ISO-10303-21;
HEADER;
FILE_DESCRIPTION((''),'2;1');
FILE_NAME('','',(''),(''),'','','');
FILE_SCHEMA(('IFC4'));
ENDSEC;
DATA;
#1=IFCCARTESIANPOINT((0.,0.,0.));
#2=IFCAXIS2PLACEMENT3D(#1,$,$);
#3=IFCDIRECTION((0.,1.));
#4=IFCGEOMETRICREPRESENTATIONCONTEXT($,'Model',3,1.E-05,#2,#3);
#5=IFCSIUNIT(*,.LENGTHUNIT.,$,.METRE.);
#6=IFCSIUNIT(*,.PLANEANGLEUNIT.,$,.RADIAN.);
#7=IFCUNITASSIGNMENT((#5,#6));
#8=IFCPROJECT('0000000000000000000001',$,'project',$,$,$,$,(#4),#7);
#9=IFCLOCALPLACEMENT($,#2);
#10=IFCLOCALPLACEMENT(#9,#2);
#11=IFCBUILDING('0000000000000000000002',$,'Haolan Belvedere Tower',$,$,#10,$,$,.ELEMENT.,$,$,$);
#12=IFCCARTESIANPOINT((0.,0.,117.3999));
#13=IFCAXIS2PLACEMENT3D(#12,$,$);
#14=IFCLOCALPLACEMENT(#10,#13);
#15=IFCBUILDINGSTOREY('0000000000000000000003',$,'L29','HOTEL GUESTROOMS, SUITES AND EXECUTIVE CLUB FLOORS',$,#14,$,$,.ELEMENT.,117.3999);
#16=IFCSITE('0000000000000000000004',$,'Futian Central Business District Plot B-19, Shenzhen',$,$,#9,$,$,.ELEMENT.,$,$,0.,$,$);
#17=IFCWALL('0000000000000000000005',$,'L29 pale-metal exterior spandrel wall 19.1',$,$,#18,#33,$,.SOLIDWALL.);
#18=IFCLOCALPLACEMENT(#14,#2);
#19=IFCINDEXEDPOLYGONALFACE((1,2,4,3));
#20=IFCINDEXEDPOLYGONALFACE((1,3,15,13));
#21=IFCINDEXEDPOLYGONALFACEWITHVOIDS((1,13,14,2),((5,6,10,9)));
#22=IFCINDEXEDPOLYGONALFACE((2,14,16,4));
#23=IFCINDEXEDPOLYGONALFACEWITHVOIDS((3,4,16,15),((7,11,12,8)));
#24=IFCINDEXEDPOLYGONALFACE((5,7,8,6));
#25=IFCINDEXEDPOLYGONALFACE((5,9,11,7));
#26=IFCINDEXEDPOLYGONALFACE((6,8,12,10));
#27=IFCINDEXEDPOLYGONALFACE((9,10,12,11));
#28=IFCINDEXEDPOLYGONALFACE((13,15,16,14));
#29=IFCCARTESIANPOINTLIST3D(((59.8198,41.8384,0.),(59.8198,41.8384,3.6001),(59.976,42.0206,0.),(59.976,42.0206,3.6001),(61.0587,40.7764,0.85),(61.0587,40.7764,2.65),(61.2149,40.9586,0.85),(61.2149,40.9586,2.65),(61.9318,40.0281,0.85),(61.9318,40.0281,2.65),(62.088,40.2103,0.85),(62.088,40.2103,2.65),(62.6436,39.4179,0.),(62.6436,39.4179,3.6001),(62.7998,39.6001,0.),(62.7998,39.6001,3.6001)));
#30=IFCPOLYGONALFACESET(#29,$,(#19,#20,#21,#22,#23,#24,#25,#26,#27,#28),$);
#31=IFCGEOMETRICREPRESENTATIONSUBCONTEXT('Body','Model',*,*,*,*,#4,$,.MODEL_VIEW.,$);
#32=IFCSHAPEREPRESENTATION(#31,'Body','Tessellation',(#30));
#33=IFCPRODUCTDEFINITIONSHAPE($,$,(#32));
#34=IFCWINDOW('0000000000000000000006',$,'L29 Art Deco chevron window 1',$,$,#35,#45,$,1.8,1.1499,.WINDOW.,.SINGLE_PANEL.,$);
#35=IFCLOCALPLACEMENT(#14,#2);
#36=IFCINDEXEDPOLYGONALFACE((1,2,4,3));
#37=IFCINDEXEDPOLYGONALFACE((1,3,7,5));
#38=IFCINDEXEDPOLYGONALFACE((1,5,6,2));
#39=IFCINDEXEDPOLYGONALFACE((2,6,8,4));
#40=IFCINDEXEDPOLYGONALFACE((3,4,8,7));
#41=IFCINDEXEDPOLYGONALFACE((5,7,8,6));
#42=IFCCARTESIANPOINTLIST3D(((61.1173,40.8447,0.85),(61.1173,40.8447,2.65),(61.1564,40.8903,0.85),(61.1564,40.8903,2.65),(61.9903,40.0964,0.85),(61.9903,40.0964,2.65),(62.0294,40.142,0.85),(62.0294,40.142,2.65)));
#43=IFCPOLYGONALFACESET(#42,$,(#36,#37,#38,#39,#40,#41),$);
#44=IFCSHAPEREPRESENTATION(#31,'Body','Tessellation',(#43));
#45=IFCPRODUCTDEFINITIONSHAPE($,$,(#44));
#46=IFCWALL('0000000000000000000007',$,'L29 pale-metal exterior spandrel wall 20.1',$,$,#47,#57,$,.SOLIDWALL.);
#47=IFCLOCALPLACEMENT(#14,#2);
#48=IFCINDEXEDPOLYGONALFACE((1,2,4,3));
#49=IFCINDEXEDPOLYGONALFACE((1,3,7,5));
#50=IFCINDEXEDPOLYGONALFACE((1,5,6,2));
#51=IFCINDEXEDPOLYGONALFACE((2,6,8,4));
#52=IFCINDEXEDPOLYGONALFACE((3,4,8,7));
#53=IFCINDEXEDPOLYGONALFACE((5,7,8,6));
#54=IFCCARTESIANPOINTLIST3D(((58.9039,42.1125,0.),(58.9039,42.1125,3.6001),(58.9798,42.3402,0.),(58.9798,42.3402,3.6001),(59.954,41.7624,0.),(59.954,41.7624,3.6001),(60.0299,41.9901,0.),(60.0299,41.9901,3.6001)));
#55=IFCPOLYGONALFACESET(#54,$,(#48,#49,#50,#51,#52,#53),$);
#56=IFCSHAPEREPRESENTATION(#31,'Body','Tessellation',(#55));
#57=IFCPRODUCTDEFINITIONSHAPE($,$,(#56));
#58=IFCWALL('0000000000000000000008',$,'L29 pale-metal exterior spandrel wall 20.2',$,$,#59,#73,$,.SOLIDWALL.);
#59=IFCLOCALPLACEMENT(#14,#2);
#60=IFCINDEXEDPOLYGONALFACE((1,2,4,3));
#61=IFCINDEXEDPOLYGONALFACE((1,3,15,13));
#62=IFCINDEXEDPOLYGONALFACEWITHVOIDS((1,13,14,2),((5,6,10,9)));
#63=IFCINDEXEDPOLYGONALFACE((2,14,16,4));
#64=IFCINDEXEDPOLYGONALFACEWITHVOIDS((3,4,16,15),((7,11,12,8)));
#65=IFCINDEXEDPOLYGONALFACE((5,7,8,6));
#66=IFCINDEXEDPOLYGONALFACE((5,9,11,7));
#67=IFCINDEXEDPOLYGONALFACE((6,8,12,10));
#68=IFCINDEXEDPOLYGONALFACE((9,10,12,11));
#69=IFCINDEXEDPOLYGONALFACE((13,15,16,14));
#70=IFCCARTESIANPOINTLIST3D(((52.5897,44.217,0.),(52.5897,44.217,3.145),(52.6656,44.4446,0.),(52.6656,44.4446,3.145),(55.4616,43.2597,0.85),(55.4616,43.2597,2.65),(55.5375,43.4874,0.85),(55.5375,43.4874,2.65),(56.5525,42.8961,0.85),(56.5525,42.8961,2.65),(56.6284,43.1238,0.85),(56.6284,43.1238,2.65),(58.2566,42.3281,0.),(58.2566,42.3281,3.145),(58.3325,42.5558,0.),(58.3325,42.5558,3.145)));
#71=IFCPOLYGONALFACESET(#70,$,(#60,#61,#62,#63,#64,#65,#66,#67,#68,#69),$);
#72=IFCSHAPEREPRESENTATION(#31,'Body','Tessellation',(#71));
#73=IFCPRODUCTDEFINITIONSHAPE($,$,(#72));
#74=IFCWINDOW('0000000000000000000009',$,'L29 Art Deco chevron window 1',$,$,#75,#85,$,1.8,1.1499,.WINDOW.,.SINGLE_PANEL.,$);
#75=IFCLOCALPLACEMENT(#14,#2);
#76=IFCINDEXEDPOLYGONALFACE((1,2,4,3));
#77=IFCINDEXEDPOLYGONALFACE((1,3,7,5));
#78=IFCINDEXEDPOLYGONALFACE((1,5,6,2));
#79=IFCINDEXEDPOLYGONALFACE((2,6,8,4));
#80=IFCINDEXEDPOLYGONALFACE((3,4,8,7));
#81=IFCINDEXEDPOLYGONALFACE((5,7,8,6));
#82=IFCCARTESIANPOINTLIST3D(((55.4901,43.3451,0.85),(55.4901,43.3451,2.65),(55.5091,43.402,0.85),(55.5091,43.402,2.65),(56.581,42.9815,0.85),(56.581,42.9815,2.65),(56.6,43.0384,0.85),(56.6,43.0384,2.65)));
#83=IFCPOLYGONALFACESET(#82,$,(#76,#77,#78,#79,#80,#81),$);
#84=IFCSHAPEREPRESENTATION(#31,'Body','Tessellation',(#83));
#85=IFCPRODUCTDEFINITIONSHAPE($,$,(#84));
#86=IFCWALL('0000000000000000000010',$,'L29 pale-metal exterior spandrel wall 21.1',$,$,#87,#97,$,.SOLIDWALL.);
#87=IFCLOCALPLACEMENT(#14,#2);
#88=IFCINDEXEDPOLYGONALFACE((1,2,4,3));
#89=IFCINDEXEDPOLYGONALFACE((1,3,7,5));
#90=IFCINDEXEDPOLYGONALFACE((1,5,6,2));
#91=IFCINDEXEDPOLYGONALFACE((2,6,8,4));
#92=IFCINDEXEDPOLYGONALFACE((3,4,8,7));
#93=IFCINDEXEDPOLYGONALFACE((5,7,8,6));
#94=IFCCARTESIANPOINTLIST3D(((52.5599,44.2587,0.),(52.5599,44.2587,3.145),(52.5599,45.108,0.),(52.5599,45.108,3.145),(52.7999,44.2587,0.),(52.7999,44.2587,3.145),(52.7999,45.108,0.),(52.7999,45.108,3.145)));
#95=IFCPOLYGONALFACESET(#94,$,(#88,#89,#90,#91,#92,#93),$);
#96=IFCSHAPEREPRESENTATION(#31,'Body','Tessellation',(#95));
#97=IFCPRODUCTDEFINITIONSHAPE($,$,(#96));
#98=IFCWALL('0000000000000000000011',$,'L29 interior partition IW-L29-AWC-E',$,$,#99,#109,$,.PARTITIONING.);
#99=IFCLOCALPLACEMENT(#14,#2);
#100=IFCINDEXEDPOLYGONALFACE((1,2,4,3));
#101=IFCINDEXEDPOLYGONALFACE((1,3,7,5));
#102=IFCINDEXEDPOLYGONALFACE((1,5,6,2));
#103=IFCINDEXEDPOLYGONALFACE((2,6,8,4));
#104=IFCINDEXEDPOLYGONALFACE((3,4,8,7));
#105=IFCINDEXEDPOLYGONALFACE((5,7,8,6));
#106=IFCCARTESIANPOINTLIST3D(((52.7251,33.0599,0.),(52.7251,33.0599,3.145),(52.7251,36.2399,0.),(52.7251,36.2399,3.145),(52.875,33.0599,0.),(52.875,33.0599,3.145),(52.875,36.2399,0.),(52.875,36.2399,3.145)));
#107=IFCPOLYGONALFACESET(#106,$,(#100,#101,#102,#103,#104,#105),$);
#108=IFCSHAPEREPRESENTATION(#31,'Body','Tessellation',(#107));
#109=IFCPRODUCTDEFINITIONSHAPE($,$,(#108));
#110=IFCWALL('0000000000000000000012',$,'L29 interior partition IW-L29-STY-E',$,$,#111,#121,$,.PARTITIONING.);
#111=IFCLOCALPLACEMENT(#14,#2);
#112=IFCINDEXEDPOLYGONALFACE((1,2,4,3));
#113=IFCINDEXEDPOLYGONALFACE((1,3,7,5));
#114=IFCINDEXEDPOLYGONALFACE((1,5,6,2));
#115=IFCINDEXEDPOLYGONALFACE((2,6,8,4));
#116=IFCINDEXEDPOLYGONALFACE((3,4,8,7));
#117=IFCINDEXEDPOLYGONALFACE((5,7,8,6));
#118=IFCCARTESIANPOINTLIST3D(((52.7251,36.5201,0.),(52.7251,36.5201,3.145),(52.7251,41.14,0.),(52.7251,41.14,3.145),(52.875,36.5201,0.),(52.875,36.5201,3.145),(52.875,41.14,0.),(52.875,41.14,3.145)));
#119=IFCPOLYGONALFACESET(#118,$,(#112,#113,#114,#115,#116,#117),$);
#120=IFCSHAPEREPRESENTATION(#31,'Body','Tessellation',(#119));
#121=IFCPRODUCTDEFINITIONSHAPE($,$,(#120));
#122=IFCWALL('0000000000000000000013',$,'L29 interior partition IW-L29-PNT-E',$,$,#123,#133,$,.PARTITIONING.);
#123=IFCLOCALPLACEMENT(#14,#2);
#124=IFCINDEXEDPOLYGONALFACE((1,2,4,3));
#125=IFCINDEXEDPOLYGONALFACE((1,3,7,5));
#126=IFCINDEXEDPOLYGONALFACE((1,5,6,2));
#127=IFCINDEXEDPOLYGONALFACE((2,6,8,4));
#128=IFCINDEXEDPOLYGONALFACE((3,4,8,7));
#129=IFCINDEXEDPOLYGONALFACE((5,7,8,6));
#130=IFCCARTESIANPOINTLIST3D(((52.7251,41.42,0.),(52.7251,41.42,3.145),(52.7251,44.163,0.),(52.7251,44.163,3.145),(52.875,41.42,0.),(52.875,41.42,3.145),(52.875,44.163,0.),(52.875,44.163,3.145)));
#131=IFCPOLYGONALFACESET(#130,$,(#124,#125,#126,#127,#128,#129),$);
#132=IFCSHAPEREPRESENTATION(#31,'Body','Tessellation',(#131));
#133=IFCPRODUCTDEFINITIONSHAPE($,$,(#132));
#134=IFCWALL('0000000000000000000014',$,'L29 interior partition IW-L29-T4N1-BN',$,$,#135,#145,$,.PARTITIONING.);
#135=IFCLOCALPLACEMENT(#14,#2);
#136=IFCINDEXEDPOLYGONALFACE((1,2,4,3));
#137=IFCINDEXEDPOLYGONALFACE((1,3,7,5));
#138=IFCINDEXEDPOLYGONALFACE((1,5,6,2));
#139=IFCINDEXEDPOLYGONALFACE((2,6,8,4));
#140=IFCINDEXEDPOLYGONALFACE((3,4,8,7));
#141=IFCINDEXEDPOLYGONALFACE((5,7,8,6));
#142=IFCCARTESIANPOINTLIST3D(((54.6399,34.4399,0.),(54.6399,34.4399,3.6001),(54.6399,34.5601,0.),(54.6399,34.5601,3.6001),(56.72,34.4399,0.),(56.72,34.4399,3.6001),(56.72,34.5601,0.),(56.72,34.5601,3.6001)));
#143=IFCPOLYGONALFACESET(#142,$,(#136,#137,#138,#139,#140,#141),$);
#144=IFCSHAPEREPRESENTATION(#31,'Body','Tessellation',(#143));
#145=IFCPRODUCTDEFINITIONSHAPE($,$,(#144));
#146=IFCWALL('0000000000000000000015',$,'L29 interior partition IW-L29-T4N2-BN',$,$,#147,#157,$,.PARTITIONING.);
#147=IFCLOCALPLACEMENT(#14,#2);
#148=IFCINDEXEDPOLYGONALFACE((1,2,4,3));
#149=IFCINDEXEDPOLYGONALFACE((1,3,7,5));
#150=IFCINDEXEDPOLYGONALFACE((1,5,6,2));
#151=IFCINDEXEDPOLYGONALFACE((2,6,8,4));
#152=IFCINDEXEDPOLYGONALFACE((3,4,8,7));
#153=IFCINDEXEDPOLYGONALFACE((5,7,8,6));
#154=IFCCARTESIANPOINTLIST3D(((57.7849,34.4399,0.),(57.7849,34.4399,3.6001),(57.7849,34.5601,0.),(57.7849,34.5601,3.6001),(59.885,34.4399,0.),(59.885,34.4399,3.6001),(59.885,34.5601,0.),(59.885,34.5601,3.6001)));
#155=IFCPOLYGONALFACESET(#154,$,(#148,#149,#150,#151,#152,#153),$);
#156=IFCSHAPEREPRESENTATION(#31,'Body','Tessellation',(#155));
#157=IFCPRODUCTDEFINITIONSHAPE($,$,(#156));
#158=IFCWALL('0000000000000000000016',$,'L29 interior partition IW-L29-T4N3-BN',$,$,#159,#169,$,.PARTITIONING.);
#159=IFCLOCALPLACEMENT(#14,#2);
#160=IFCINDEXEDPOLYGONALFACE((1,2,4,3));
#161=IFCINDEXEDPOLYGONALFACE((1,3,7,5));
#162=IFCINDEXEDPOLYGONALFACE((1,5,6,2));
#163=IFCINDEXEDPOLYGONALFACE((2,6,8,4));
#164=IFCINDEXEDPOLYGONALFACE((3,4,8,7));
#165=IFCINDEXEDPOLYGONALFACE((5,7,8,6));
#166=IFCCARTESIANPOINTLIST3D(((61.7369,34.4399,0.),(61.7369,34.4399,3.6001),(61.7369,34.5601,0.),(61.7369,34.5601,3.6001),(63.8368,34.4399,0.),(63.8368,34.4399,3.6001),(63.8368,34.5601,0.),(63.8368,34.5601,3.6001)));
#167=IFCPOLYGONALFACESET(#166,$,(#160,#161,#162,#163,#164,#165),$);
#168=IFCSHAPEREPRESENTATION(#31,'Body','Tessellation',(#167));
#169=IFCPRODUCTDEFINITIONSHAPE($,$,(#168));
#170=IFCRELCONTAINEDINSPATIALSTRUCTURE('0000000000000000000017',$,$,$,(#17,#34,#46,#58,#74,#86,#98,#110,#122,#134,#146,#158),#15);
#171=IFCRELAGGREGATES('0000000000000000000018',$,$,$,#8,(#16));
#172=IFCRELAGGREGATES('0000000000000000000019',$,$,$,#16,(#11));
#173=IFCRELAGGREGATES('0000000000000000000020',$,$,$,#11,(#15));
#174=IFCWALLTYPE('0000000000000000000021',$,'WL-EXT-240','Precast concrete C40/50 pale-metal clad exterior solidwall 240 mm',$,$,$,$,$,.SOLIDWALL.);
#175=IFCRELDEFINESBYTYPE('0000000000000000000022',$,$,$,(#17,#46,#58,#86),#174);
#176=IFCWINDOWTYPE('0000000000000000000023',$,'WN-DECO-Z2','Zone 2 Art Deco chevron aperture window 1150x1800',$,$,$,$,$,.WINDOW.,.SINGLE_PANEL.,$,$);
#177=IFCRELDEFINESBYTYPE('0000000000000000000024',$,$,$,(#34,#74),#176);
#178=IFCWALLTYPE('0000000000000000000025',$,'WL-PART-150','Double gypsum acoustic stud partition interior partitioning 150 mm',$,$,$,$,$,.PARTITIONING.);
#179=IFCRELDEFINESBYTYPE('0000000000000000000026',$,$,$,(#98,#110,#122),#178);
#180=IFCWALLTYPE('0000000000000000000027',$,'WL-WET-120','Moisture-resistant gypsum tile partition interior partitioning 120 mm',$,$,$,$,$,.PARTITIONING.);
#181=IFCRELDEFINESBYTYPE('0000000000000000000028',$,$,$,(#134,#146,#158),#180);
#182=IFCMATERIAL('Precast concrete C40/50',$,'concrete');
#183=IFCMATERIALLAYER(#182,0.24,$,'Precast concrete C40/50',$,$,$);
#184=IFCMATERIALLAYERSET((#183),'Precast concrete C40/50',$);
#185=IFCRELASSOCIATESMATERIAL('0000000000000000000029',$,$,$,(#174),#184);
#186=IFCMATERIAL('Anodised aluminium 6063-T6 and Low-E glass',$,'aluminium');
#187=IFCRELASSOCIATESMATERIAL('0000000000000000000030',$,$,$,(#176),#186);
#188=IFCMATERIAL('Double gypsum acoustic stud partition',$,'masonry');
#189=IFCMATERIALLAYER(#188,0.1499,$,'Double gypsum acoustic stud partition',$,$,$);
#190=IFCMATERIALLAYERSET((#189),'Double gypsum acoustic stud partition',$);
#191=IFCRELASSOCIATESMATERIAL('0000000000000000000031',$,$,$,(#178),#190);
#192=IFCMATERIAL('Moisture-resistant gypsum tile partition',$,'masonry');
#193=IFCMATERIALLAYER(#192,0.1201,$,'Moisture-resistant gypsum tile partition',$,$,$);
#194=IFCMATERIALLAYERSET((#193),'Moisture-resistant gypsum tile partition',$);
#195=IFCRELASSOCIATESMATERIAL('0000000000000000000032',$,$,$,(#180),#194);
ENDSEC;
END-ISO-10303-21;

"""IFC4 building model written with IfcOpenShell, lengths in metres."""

from ifc_helpers import new_model, si_unit, direction, frame, frame_2d, origin, place, context, subcontext, project, spatial, rectangle, extrude, material, layer, layer_set, type_object, element, fill, save


model = new_model("IFC4")

# Units and contexts
model_context = context("Model", 3, precision=1e-05, world=origin(), true_north=direction((0.0, 1.0)))
body_context = subcontext(model_context, "Body", "Model", "MODEL_VIEW")
ifc_project = project(units=[si_unit("LENGTHUNIT", "METRE"), si_unit("PLANEANGLEUNIT", "RADIAN")], contexts=[model_context])

# Site, building, storey
site_placement = place(None, origin())
site = spatial("IfcSite", under=ifc_project, at=site_placement, Name="Futian Central Business District Plot B-19, Shenzhen", CompositionType="ELEMENT", RefElevation=0.0)
building_placement = place(site_placement, origin())
building = spatial("IfcBuilding", under=site, at=building_placement, Name="Haolan Belvedere Tower", CompositionType="ELEMENT")
storey_placement = place(building_placement, frame((0.0, 0.0, 117.3999)))
storey = spatial("IfcBuildingStorey", under=building, at=storey_placement, Name="L29", Description="HOTEL GUESTROOMS, SUITES AND EXECUTIVE CLUB FLOORS", CompositionType="ELEMENT", Elevation=117.3999)

# Shared definitions
ifc_material_1 = material(Name="Precast concrete C40/50", Category="concrete")
ifc_layer_1 = layer(ifc_material_1, 0.24, Name="Precast concrete C40/50")
ifc_layer_set_1 = layer_set([ifc_layer_1], Name="Precast concrete C40/50")
wall_type_1 = type_object("IfcWallType", Name="WL-EXT-240", Description="Precast concrete C40/50 pale-metal clad exterior solidwall 240 mm", PredefinedType="SOLIDWALL", material=ifc_layer_set_1)

# Wall, opening, window
wall_1_placement = place(storey_placement, frame((62.7217, 39.509, 0.0), z_axis=(0.0, 0.0, 1.0), x_axis=(-0.759247, 0.650802, 0.0)))
wall_1 = element("IfcWall", 1, at=wall_1_placement, inside=storey, type_object=wall_type_1, Name="L29 pale-metal exterior spandrel wall 19.1", PredefinedType="SOLIDWALL", context=body_context, shape_type="SweptSolid", body=[
    extrude(rectangle(XDim=3.7192, YDim=0.24, at=frame_2d((1.8596, 0.0))), origin(), (0.0, 0.0, 1.0), 3.6001),
])
opening_1_placement = place(wall_1_placement, frame((0.9375, 0.0, 0.8501)))
opening_1 = element("IfcOpeningElement", 2, at=opening_1_placement, cuts=wall_1, PredefinedType="OPENING", context=body_context, shape_type="SweptSolid", body=[
    extrude(rectangle(XDim=1.1499, YDim=1.8, at=frame_2d((0.575, 0.8999))), frame((0.0, 0.1299, 0.0), z_axis=(0.0, -1.0, 0.0), x_axis=(1.0, 0.0, 0.0)), (0.0, 0.0, 1.0), 0.26),
])
ifc_material_2 = material(Name="Anodised aluminium 6063-T6 and Low-E glass", Category="aluminium")
window_type = type_object("IfcWindowType", Name="WN-DECO-Z2", Description="Zone 2 Art Deco chevron aperture window 1150x1800", PartitioningType="SINGLE_PANEL", PredefinedType="WINDOW", material=ifc_material_2)
window_1_placement = place(opening_1_placement, origin())
window_1 = element("IfcWindow", 3, at=window_1_placement, inside=storey, type_object=window_type, Name="L29 Art Deco chevron window 1", OverallHeight=1.8, OverallWidth=1.1499, PartitioningType="SINGLE_PANEL", PredefinedType="WINDOW", context=body_context, shape_type="SweptSolid", body=[
    extrude(rectangle(XDim=1.1499, YDim=1.8, at=frame_2d((0.575, 0.8999))), frame((0.0, 0.03, 0.0), z_axis=(0.0, -1.0, 0.0), x_axis=(1.0, 0.0, 0.0)), (0.0, 0.0, 1.0), 0.0601),
])
fill(opening_1, window_1)

# Wall
wall_2_placement = place(storey_placement, frame((59.9919, 41.8762, 0.0), z_axis=(0.0, 0.0, 1.0), x_axis=(-0.948661, 0.316294, 0.0)))
element("IfcWall", 4, at=wall_2_placement, inside=storey, type_object=wall_type_1, Name="L29 pale-metal exterior spandrel wall 20.1", PredefinedType="SOLIDWALL", context=body_context, shape_type="SweptSolid", body=[
    extrude(rectangle(XDim=1.1069, YDim=0.24, at=frame_2d((0.5535, 0.0))), origin(), (0.0, 0.0, 1.0), 3.6001),
])

# Wall, opening, window
wall_3_placement = place(storey_placement, frame((58.2947, 42.4419, 0.0), z_axis=(0.0, 0.0, 1.0), x_axis=(-0.948687, 0.316216, 0.0)))
wall_3 = element("IfcWall", 5, at=wall_3_placement, inside=storey, type_object=wall_type_1, Name="L29 pale-metal exterior spandrel wall 20.2", PredefinedType="SOLIDWALL", context=body_context, shape_type="SweptSolid", body=[
    extrude(rectangle(XDim=5.9734, YDim=0.24, at=frame_2d((2.9868, 0.0))), origin(), (0.0, 0.0, 1.0), 3.145),
])
opening_2_placement = place(wall_3_placement, frame((1.7964, 0.0, 0.8501)))
opening_2 = element("IfcOpeningElement", 6, at=opening_2_placement, cuts=wall_3, PredefinedType="OPENING", context=body_context, shape_type="SweptSolid", body=[
    extrude(rectangle(XDim=1.1499, YDim=1.8, at=frame_2d((0.575, 0.8999))), frame((0.0, 0.1299, 0.0), z_axis=(0.0, -1.0, 0.0), x_axis=(1.0, 0.0, 0.0)), (0.0, 0.0, 1.0), 0.26),
])
window_2_placement = place(opening_2_placement, origin())
window_2 = element("IfcWindow", 7, at=window_2_placement, inside=storey, type_object=window_type, Name="L29 Art Deco chevron window 1", OverallHeight=1.8, OverallWidth=1.1499, PartitioningType="SINGLE_PANEL", PredefinedType="WINDOW", context=body_context, shape_type="SweptSolid", body=[
    extrude(rectangle(XDim=1.1499, YDim=1.8, at=frame_2d((0.575, 0.8999))), frame((0.0, 0.03, 0.0), z_axis=(0.0, -1.0, 0.0), x_axis=(1.0, 0.0, 0.0)), (0.0, 0.0, 1.0), 0.0601),
])
fill(opening_2, window_2)

# Walls
wall_4_placement = place(storey_placement, frame((52.6799, 44.2585, 0.0), z_axis=(0.0, 0.0, 1.0), x_axis=(0.0, 1.0, 0.0)))
element("IfcWall", 8, at=wall_4_placement, inside=storey, type_object=wall_type_1, Name="L29 pale-metal exterior spandrel wall 21.1", PredefinedType="SOLIDWALL", context=body_context, shape_type="SweptSolid", body=[
    extrude(rectangle(XDim=0.8494, YDim=0.24, at=frame_2d((0.4248, 0.0))), origin(), (0.0, 0.0, 1.0), 3.145),
])
ifc_material_3 = material(Name="Double gypsum acoustic stud partition", Category="masonry")
ifc_layer_2 = layer(ifc_material_3, 0.1499, Name="Double gypsum acoustic stud partition")
ifc_layer_set_2 = layer_set([ifc_layer_2], Name="Double gypsum acoustic stud partition")
wall_type_2 = type_object("IfcWallType", Name="WL-PART-150", Description="Double gypsum acoustic stud partition interior partitioning 150 mm", PredefinedType="PARTITIONING", material=ifc_layer_set_2)
wall_5_placement = place(storey_placement, frame((52.8, 33.0601, 0.0), z_axis=(0.0, 0.0, 1.0), x_axis=(0.0, 1.0, 0.0)))
element("IfcWall", 9, at=wall_5_placement, inside=storey, type_object=wall_type_2, Name="L29 interior partition IW-L29-AWC-E", PredefinedType="PARTITIONING", context=body_context, shape_type="SweptSolid", body=[
    extrude(rectangle(XDim=3.1799, YDim=0.1499, at=frame_2d((1.5898, 0.0))), origin(), (0.0, 0.0, 1.0), 3.145),
])
wall_6_placement = place(storey_placement, frame((52.8, 36.52, 0.0), z_axis=(0.0, 0.0, 1.0), x_axis=(0.0, 1.0, 0.0)))
element("IfcWall", 10, at=wall_6_placement, inside=storey, type_object=wall_type_2, Name="L29 interior partition IW-L29-STY-E", PredefinedType="PARTITIONING", context=body_context, shape_type="SweptSolid", body=[
    extrude(rectangle(XDim=4.6199, YDim=0.1499, at=frame_2d((2.3101, 0.0))), origin(), (0.0, 0.0, 1.0), 3.145),
])
wall_7_placement = place(storey_placement, frame((52.8, 41.4199, 0.0), z_axis=(0.0, 0.0, 1.0), x_axis=(0.0, 1.0, 0.0)))
element("IfcWall", 11, at=wall_7_placement, inside=storey, type_object=wall_type_2, Name="L29 interior partition IW-L29-PNT-E", PredefinedType="PARTITIONING", context=body_context, shape_type="SweptSolid", body=[
    extrude(rectangle(XDim=2.7429, YDim=0.1499, at=frame_2d((1.3716, 0.0))), origin(), (0.0, 0.0, 1.0), 3.145),
])
ifc_material_4 = material(Name="Moisture-resistant gypsum tile partition", Category="masonry")
ifc_layer_3 = layer(ifc_material_4, 0.1201, Name="Moisture-resistant gypsum tile partition")
ifc_layer_set_3 = layer_set([ifc_layer_3], Name="Moisture-resistant gypsum tile partition")
wall_type_3 = type_object("IfcWallType", Name="WL-WET-120", Description="Moisture-resistant gypsum tile partition interior partitioning 120 mm", PredefinedType="PARTITIONING", material=ifc_layer_set_3)
wall_8_placement = place(storey_placement, frame((54.6399, 34.5, 0.0), z_axis=(0.0, 0.0, 1.0), x_axis=(1.0, 0.0, 0.0)))
element("IfcWall", 12, at=wall_8_placement, inside=storey, type_object=wall_type_3, Name="L29 interior partition IW-L29-T4N1-BN", PredefinedType="PARTITIONING", context=body_context, shape_type="SweptSolid", body=[
    extrude(rectangle(XDim=2.0801, YDim=0.1201, at=frame_2d((1.04, 0.0))), origin(), (0.0, 0.0, 1.0), 3.6001),
])
wall_9_placement = place(storey_placement, frame((57.7849, 34.5, 0.0), z_axis=(0.0, 0.0, 1.0), x_axis=(1.0, 0.0, 0.0)))
element("IfcWall", 13, at=wall_9_placement, inside=storey, type_object=wall_type_3, Name="L29 interior partition IW-L29-T4N2-BN", PredefinedType="PARTITIONING", context=body_context, shape_type="SweptSolid", body=[
    extrude(rectangle(XDim=2.1001, YDim=0.1201, at=frame_2d((1.05, 0.0))), origin(), (0.0, 0.0, 1.0), 3.6001),
])
wall_10_placement = place(storey_placement, frame((61.7371, 34.5, 0.0), z_axis=(0.0, 0.0, 1.0), x_axis=(1.0, 0.0, 0.0)))
element("IfcWall", 14, at=wall_10_placement, inside=storey, type_object=wall_type_3, Name="L29 interior partition IW-L29-T4N3-BN", PredefinedType="PARTITIONING", context=body_context, shape_type="SweptSolid", body=[
    extrude(rectangle(XDim=2.0999, YDim=0.1201, at=frame_2d((1.0498, 0.0))), origin(), (0.0, 0.0, 1.0), 3.6001),
])

save(model, "model.ifc")
